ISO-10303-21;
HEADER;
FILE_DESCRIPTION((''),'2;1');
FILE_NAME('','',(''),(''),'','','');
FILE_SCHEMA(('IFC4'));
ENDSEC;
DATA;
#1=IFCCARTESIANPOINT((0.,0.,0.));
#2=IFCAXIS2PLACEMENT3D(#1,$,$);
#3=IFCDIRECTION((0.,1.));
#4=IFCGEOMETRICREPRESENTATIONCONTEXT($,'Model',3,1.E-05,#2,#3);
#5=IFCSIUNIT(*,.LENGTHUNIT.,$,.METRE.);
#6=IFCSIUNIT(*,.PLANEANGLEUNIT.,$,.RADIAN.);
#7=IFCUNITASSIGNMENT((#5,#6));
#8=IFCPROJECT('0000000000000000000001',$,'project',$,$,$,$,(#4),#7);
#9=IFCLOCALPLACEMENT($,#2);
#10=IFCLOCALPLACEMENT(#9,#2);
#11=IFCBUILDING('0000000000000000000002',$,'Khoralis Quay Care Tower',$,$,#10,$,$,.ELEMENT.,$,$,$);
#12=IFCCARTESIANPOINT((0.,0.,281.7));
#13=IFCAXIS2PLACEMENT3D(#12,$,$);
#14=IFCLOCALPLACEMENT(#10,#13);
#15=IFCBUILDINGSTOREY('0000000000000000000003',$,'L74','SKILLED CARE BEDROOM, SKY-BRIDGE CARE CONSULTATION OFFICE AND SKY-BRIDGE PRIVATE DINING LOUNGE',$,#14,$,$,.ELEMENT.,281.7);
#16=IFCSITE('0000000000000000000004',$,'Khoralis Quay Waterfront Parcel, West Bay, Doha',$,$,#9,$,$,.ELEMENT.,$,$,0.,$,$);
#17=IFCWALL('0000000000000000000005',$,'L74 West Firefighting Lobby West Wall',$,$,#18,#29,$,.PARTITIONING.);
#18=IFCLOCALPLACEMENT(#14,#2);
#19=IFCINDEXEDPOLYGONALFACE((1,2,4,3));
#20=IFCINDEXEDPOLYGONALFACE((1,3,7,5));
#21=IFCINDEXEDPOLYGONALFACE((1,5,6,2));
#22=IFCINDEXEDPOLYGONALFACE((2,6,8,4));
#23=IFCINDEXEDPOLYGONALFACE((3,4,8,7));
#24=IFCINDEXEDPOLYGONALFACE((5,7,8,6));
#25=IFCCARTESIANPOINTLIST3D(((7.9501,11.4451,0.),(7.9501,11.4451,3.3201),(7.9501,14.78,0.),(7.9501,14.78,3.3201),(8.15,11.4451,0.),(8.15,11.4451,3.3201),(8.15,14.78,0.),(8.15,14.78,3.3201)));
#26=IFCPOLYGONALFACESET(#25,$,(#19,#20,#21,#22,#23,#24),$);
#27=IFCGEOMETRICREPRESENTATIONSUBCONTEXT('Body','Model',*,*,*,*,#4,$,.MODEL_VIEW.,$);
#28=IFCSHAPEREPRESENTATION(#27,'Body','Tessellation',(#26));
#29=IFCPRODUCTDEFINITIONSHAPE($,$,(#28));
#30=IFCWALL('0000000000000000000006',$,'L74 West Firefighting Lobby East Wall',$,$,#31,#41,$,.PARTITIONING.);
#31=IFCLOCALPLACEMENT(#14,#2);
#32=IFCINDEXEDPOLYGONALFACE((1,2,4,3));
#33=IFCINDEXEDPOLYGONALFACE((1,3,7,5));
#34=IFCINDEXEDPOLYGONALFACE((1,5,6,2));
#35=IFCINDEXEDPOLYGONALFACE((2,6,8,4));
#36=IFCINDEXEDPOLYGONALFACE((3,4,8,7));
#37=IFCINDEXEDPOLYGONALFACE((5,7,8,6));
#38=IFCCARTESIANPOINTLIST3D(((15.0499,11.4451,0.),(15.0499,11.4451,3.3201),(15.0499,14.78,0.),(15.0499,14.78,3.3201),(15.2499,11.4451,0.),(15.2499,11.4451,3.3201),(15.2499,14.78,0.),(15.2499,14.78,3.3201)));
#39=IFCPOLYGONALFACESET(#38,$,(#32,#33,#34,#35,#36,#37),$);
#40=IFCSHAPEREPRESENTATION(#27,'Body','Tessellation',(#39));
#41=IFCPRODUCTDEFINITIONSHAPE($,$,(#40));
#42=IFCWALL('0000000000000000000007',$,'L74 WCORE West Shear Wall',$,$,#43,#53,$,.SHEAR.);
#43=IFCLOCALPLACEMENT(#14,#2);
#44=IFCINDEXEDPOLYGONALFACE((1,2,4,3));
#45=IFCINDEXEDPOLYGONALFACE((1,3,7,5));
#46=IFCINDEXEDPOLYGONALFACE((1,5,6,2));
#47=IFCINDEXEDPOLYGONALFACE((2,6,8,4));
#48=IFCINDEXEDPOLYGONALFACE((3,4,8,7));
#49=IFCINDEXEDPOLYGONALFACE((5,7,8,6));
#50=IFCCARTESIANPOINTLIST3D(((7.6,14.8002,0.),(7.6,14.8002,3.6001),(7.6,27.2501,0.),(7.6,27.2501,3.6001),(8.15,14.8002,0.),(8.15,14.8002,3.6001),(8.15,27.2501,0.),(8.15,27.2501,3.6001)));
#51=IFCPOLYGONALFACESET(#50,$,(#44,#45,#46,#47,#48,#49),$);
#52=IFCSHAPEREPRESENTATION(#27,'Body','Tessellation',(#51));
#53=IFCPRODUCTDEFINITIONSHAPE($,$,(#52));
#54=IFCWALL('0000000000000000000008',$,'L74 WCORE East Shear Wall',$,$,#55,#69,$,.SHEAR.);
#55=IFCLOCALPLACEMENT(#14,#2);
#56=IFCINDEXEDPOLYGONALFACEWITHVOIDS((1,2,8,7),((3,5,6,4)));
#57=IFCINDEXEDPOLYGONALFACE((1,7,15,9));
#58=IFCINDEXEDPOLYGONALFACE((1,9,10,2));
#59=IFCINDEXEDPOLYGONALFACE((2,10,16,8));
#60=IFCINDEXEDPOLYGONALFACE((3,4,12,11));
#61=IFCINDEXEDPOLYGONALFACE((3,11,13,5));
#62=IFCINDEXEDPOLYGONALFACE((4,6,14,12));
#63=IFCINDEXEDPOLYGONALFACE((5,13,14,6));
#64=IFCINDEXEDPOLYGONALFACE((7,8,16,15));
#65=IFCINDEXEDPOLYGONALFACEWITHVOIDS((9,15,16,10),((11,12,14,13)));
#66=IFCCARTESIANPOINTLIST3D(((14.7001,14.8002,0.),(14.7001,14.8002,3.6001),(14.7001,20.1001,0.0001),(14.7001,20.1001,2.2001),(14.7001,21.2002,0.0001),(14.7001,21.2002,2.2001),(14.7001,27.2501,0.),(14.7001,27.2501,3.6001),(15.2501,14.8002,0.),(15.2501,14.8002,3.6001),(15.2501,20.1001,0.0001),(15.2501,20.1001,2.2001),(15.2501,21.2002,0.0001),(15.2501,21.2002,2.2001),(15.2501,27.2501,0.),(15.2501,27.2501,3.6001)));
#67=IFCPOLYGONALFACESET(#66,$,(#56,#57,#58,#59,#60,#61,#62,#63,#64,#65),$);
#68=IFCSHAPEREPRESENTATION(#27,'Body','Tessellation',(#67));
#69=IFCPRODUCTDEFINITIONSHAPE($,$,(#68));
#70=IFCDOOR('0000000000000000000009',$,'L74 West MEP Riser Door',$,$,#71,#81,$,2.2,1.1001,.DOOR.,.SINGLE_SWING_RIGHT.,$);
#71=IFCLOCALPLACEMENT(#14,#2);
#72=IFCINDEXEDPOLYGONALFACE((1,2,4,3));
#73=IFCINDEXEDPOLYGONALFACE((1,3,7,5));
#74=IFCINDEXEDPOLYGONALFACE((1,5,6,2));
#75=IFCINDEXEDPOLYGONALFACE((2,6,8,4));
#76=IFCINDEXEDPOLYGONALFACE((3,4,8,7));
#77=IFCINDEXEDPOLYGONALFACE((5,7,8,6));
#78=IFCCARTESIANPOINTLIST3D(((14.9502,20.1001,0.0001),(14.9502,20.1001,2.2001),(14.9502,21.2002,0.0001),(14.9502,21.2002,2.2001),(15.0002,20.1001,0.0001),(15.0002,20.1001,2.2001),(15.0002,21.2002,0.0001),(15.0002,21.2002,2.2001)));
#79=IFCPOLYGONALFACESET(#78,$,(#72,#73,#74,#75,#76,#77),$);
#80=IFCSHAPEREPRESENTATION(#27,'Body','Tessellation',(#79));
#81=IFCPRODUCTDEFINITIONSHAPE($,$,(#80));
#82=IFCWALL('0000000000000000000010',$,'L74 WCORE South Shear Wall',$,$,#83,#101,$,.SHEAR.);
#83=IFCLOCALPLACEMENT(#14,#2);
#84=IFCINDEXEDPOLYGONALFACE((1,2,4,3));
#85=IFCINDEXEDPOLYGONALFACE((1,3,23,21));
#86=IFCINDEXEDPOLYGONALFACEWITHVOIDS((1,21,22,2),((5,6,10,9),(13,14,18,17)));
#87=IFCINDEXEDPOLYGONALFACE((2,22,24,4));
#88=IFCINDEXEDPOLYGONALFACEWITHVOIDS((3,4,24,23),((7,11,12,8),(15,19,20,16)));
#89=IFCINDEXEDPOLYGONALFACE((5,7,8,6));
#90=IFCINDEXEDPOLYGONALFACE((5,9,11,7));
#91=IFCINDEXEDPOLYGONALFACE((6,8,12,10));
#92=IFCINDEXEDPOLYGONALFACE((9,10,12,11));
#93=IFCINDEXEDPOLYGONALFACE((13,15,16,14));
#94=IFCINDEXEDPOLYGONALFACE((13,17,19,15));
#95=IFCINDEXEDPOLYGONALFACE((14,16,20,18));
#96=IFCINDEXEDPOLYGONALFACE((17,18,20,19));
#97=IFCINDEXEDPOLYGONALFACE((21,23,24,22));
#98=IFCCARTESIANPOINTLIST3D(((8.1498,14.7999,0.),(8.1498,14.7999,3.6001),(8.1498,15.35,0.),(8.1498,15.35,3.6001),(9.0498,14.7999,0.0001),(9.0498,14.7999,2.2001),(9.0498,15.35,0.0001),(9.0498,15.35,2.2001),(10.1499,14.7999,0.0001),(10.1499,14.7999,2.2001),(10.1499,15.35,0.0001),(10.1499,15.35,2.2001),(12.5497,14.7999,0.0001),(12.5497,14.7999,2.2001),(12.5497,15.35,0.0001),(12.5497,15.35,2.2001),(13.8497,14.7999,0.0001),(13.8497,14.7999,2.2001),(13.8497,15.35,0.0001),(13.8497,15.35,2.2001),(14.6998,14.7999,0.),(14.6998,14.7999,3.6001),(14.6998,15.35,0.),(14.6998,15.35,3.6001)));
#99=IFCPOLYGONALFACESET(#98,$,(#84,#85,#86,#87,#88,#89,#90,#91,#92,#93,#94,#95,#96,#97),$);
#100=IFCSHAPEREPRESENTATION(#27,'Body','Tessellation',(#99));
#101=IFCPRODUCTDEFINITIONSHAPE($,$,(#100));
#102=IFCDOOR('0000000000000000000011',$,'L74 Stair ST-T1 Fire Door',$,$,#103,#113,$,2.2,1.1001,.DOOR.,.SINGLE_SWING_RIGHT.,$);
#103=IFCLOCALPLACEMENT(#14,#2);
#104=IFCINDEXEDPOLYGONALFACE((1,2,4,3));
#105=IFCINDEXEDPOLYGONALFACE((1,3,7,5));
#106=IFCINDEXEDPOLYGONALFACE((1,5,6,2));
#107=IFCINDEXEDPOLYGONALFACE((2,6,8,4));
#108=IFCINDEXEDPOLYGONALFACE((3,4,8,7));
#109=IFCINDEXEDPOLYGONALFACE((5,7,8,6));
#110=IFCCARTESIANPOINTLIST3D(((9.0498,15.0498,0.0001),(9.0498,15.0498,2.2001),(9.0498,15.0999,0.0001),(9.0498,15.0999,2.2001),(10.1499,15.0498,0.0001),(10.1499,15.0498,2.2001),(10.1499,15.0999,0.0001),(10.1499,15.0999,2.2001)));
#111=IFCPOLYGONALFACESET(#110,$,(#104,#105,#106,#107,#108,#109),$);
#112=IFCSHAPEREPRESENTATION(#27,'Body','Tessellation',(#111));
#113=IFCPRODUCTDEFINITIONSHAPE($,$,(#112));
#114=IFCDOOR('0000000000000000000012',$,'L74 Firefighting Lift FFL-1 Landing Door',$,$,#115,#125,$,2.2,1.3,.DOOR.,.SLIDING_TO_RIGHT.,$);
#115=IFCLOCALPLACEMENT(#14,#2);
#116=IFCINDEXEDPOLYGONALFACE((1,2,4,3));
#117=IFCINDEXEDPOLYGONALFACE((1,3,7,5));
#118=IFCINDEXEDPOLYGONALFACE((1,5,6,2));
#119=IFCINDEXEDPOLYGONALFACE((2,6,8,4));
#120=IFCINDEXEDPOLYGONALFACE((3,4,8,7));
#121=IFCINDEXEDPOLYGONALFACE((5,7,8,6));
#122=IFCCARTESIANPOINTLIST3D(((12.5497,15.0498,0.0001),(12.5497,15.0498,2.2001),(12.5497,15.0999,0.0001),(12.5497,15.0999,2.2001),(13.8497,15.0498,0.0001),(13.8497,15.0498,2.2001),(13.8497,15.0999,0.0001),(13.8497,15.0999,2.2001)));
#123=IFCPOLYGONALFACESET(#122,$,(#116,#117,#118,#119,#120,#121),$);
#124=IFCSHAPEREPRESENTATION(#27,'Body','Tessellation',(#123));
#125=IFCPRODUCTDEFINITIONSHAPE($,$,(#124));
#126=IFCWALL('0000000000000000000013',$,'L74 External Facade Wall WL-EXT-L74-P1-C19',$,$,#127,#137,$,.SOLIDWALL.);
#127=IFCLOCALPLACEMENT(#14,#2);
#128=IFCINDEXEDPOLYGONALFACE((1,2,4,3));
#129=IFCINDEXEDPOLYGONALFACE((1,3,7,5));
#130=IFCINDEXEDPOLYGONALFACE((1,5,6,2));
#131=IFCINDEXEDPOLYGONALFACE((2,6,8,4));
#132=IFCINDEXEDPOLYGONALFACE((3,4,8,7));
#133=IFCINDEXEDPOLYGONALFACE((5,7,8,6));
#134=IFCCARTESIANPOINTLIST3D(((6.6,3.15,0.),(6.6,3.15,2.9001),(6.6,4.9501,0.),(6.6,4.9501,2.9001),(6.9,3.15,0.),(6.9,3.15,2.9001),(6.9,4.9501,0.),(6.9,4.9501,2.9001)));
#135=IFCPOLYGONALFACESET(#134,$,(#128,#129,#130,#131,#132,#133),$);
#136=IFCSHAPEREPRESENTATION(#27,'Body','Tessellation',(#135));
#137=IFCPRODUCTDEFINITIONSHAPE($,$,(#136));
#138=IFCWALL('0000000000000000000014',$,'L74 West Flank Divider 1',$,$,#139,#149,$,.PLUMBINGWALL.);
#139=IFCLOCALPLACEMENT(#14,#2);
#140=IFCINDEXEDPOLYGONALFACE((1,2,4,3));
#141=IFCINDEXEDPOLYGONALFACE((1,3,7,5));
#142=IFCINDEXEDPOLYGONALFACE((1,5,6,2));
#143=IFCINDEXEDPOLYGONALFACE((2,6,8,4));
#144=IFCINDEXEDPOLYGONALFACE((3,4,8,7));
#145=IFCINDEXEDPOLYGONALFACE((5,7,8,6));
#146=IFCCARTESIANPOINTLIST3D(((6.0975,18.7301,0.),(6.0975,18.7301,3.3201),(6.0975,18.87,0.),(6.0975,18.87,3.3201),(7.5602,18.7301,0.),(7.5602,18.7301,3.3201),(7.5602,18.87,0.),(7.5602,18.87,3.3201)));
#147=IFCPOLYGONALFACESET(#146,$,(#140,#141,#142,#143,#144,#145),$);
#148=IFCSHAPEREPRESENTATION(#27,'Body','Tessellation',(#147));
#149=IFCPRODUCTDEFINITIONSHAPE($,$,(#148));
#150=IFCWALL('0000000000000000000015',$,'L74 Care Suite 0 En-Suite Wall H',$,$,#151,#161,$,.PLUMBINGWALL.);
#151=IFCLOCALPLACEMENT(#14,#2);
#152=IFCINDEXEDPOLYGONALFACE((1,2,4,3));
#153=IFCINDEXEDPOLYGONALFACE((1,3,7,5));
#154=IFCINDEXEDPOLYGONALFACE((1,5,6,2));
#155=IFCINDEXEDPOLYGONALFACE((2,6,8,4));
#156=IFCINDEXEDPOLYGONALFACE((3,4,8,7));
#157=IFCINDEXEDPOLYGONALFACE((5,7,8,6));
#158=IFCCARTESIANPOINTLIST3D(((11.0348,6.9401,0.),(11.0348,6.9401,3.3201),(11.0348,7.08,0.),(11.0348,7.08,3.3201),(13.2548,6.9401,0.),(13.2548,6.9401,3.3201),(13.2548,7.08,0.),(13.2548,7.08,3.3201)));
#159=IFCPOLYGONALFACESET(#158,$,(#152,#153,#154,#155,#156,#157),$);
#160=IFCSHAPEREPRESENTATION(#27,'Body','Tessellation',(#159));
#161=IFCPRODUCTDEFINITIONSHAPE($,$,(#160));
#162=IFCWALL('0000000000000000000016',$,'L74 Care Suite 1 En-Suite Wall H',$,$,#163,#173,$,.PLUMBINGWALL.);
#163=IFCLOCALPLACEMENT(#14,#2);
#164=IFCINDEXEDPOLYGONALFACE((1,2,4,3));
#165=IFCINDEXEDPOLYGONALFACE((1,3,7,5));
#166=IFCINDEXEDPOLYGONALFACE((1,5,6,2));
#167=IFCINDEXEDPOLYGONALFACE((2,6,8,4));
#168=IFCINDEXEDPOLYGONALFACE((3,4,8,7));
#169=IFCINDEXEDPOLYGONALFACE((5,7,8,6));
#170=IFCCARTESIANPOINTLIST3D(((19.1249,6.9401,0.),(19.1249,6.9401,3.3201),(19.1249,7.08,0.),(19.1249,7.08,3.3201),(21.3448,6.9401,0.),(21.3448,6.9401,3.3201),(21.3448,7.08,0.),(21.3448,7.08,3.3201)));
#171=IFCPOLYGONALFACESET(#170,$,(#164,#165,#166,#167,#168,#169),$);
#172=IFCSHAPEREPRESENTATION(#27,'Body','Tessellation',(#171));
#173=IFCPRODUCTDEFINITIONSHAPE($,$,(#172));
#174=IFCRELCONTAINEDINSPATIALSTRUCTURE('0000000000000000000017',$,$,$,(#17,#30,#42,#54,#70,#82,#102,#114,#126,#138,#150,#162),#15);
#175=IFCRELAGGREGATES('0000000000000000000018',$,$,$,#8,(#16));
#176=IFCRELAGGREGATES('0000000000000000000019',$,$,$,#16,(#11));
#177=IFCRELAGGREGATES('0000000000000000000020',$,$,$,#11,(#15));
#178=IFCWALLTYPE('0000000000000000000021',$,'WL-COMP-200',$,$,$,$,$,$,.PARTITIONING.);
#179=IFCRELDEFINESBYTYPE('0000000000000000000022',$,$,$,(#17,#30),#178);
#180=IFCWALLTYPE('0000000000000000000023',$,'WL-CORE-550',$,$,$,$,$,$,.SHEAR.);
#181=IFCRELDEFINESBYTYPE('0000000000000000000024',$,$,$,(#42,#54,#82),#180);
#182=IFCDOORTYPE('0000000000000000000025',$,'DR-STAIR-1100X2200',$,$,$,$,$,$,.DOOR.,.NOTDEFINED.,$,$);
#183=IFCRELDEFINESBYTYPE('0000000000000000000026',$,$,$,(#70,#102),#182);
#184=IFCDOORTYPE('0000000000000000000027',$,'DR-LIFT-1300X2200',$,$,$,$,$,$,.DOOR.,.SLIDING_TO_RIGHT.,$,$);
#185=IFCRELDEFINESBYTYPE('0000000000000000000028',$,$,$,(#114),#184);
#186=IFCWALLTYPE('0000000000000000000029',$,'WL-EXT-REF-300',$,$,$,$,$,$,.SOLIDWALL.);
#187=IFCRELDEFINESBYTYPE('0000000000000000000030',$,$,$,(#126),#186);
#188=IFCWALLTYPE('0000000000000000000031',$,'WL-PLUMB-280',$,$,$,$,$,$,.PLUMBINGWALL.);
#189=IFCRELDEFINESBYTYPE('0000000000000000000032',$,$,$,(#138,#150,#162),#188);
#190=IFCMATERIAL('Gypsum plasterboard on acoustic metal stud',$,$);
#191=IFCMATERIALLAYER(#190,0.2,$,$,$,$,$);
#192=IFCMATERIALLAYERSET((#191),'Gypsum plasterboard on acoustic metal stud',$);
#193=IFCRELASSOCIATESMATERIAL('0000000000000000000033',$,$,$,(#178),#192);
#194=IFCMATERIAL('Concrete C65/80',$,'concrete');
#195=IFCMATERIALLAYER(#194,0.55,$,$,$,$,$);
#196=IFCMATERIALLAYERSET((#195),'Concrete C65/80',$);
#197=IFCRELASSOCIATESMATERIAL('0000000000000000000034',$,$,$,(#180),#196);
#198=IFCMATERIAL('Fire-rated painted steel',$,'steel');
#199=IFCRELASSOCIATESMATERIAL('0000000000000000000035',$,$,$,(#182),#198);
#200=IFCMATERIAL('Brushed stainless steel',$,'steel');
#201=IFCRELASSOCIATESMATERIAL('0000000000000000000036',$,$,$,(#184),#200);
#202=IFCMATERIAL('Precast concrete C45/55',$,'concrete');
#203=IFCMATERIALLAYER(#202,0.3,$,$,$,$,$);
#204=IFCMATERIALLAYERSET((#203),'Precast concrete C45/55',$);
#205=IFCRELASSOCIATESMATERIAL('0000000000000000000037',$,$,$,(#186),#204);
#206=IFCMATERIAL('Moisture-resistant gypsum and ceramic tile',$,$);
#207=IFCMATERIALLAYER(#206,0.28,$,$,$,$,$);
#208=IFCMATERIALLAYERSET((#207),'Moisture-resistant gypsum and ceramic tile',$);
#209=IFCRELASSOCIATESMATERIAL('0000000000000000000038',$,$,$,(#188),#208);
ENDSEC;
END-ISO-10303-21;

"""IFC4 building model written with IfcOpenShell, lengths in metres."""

from ifc_helpers import new_model, si_unit, direction, frame, frame_2d, origin, place, context, subcontext, project, spatial, rectangle, extrude, source, transform, mapped, material, layer, layer_set, type_object, element, fill, save


model = new_model("IFC4")

# Units and contexts
model_context = context("Model", 3, precision=1e-05, world=origin(), true_north=direction((0.0, 1.0)))
body_context = subcontext(model_context, "Body", "Model", "MODEL_VIEW")
ifc_project = project(units=[si_unit("LENGTHUNIT", "METRE"), si_unit("PLANEANGLEUNIT", "RADIAN")], contexts=[model_context])

# Site, building, storey
site_placement = place(None, origin())
site = spatial("IfcSite", under=ifc_project, at=site_placement, Name="Khoralis Quay Waterfront Parcel, West Bay, Doha", CompositionType="ELEMENT", RefElevation=0.0)
building_placement = place(site_placement, origin())
building = spatial("IfcBuilding", under=site, at=building_placement, Name="Khoralis Quay Care Tower", CompositionType="ELEMENT")
storey_placement = place(building_placement, frame((0.0, 0.0, 281.7)))
storey = spatial("IfcBuildingStorey", under=building, at=storey_placement, Name="L74", Description="SKILLED CARE BEDROOM, SKY-BRIDGE CARE CONSULTATION OFFICE AND SKY-BRIDGE PRIVATE DINING LOUNGE", CompositionType="ELEMENT", Elevation=281.7)

# Shared definitions
ifc_material_1 = material(Name="Gypsum plasterboard on acoustic metal stud")
ifc_layer_1 = layer(ifc_material_1, 0.2)
ifc_layer_set_1 = layer_set([ifc_layer_1], Name="Gypsum plasterboard on acoustic metal stud")
wall_type_1 = type_object("IfcWallType", Name="WL-COMP-200", PredefinedType="PARTITIONING", material=ifc_layer_set_1)
ifc_material_2 = material(Name="Fire-rated painted steel", Category="steel")

# Walls
for number, where, z_axis, x_axis, name in (
    (1, (8.05, 11.4451, 0.0), (0.0, 0.0, 1.0), (0.0, 1.0, 0.0), "L74 West Firefighting Lobby West Wall"),
    (2, (15.1499, 11.4451, 0.0), (0.0, 0.0, 1.0), (0.0, 1.0, 0.0), "L74 West Firefighting Lobby East Wall"),
):
    element("IfcWall", number, at=place(storey_placement, frame(where, z_axis=z_axis, x_axis=x_axis)), inside=storey, type_object=wall_type_1, Name=name, PredefinedType="PARTITIONING", context=body_context, shape_type="SweptSolid", body=[
        extrude(rectangle(XDim=3.335, YDim=0.2, at=frame_2d((1.6675, 0.0))), origin(), (0.0, 0.0, 1.0), 3.3201),
    ])
ifc_material_3 = material(Name="Concrete C65/80", Category="concrete")
ifc_layer_2 = layer(ifc_material_3, 0.55)
ifc_layer_set_2 = layer_set([ifc_layer_2], Name="Concrete C65/80")
wall_type_2 = type_object("IfcWallType", Name="WL-CORE-550", PredefinedType="SHEAR", material=ifc_layer_set_2)
wall_1_placement = place(storey_placement, frame((7.875, 14.8, 0.0), z_axis=(0.0, 0.0, 1.0), x_axis=(0.0, 1.0, 0.0)))
element("IfcWall", 3, at=wall_1_placement, inside=storey, type_object=wall_type_2, Name="L74 WCORE West Shear Wall", PredefinedType="SHEAR", context=body_context, shape_type="SweptSolid", body=[
    extrude(rectangle(XDim=12.45, YDim=0.55, at=frame_2d((6.2251, 0.0))), origin(), (0.0, 0.0, 1.0), 3.6001),
])

# Wall, opening, door
wall_2_placement = place(storey_placement, frame((14.9751, 14.8, 0.0), z_axis=(0.0, 0.0, 1.0), x_axis=(0.0, 1.0, 0.0)))
wall_2 = element("IfcWall", 4, at=wall_2_placement, inside=storey, type_object=wall_type_2, Name="L74 WCORE East Shear Wall", PredefinedType="SHEAR", context=body_context, shape_type="SweptSolid", body=[
    extrude(rectangle(XDim=12.45, YDim=0.55, at=frame_2d((6.2251, 0.0))), origin(), (0.0, 0.0, 1.0), 3.6001),
])
opening_1_placement = place(wall_2_placement, frame((5.3, 0.0, 0.0)))
opening_1 = element("IfcOpeningElement", 5, at=opening_1_placement, cuts=wall_2, PredefinedType="OPENING", context=body_context, shape_type="SweptSolid", body=[
    extrude(rectangle(XDim=1.1001, YDim=2.2, at=frame_2d((0.55, 1.1001))), frame((0.0, 0.2852, 0.0), z_axis=(0.0, -1.0, 0.0), x_axis=(1.0, 0.0, 0.0)), (0.0, 0.0, 1.0), 0.5701),
])
door_type_1 = type_object("IfcDoorType", Name="DR-STAIR-1100X2200", OperationType="NOTDEFINED", PredefinedType="DOOR", material=ifc_material_2)
shared_shape_1 = source(origin(), body_context, "Body", "SweptSolid", [
    extrude(rectangle(XDim=1.1001, YDim=2.2, at=frame_2d((0.55, 1.1001))), frame((0.0, 0.0249, 0.0), z_axis=(0.0, -1.0, 0.0), x_axis=(1.0, 0.0, 0.0)), (0.0, 0.0, 1.0), 0.05),
])
door_1_placement = place(opening_1_placement, origin())
door_1 = element("IfcDoor", 6, at=door_1_placement, inside=storey, type_object=door_type_1, Name="L74 West MEP Riser Door", OperationType="SINGLE_SWING_RIGHT", OverallHeight=2.2, OverallWidth=1.1001, PredefinedType="DOOR", context=body_context, shape_type="MappedRepresentation", body=[
    mapped(shared_shape_1, transform((0.0, 0.0, 0.0), scale=1.0)),
])
fill(opening_1, door_1)

# Wall, openings, doors
wall_3_placement = place(storey_placement, frame((8.1499, 15.075, 0.0), z_axis=(0.0, 0.0, 1.0), x_axis=(1.0, 0.0, 0.0)))
wall_3 = element("IfcWall", 7, at=wall_3_placement, inside=storey, type_object=wall_type_2, Name="L74 WCORE South Shear Wall", PredefinedType="SHEAR", context=body_context, shape_type="SweptSolid", body=[
    extrude(rectangle(XDim=6.55, YDim=0.55, at=frame_2d((3.2749, 0.0))), origin(), (0.0, 0.0, 1.0), 3.6001),
])
opening_2_placement = place(wall_3_placement, frame((0.8999, 0.0, 0.0)))
opening_2 = element("IfcOpeningElement", 8, at=opening_2_placement, cuts=wall_3, PredefinedType="OPENING", context=body_context, shape_type="SweptSolid", body=[
    extrude(rectangle(XDim=1.1001, YDim=2.2, at=frame_2d((0.55, 1.1001))), frame((0.0, 0.2852, 0.0), z_axis=(0.0, -1.0, 0.0), x_axis=(1.0, 0.0, 0.0)), (0.0, 0.0, 1.0), 0.5701),
])
opening_3_placement = place(wall_3_placement, frame((4.3999, 0.0, 0.0)))
opening_3 = element("IfcOpeningElement", 9, at=opening_3_placement, cuts=wall_3, PredefinedType="OPENING", context=body_context, shape_type="SweptSolid", body=[
    extrude(rectangle(XDim=1.3, YDim=2.2, at=frame_2d((0.6499, 1.1001))), frame((0.0, 0.2852, 0.0), z_axis=(0.0, -1.0, 0.0), x_axis=(1.0, 0.0, 0.0)), (0.0, 0.0, 1.0), 0.5701),
])
door_2_placement = place(opening_2_placement, origin())
door_2 = element("IfcDoor", 10, at=door_2_placement, inside=storey, type_object=door_type_1, Name="L74 Stair ST-T1 Fire Door", OperationType="SINGLE_SWING_RIGHT", OverallHeight=2.2, OverallWidth=1.1001, PredefinedType="DOOR", context=body_context, shape_type="MappedRepresentation", body=[
    mapped(shared_shape_1, transform((0.0, 0.0, 0.0), scale=1.0)),
])
fill(opening_2, door_2)
ifc_material_4 = material(Name="Brushed stainless steel", Category="steel")
door_type_2 = type_object("IfcDoorType", Name="DR-LIFT-1300X2200", OperationType="SLIDING_TO_RIGHT", PredefinedType="DOOR", material=ifc_material_4)
shared_shape_2 = source(origin(), body_context, "Body", "SweptSolid", [
    extrude(rectangle(XDim=1.3, YDim=2.2, at=frame_2d((0.6499, 1.1001))), frame((0.0, 0.0249, 0.0), z_axis=(0.0, -1.0, 0.0), x_axis=(1.0, 0.0, 0.0)), (0.0, 0.0, 1.0), 0.05),
])
door_3_placement = place(opening_3_placement, origin())
door_3 = element("IfcDoor", 11, at=door_3_placement, inside=storey, type_object=door_type_2, Name="L74 Firefighting Lift FFL-1 Landing Door", OperationType="SLIDING_TO_RIGHT", OverallHeight=2.2, OverallWidth=1.3, PredefinedType="DOOR", context=body_context, shape_type="MappedRepresentation", body=[
    mapped(shared_shape_2, transform((0.0, 0.0, 0.0), scale=1.0)),
])
fill(opening_3, door_3)

# Walls
ifc_material_5 = material(Name="Precast concrete C45/55", Category="concrete")
ifc_layer_3 = layer(ifc_material_5, 0.3)
ifc_layer_set_3 = layer_set([ifc_layer_3], Name="Precast concrete C45/55")
wall_type_3 = type_object("IfcWallType", Name="WL-EXT-REF-300", PredefinedType="SOLIDWALL", material=ifc_layer_set_3)
wall_4_placement = place(storey_placement, frame((6.75, 4.95, 0.0), z_axis=(0.0, 0.0, 1.0), x_axis=(0.0, -1.0, 0.0)))
element("IfcWall", 12, at=wall_4_placement, inside=storey, type_object=wall_type_3, Name="L74 External Facade Wall WL-EXT-L74-P1-C19", PredefinedType="SOLIDWALL", context=body_context, shape_type="SweptSolid", body=[
    extrude(rectangle(XDim=1.8, YDim=0.3, at=frame_2d((0.8999, 0.0))), origin(), (0.0, 0.0, 1.0), 2.9001),
])
ifc_material_6 = material(Name="Moisture-resistant gypsum and ceramic tile")
ifc_layer_4 = layer(ifc_material_6, 0.28)
ifc_layer_set_4 = layer_set([ifc_layer_4], Name="Moisture-resistant gypsum and ceramic tile")
wall_type_4 = type_object("IfcWallType", Name="WL-PLUMB-280", PredefinedType="PLUMBINGWALL", material=ifc_layer_set_4)
wall_5_placement = place(storey_placement, frame((6.0974, 18.8, 0.0), z_axis=(0.0, 0.0, 1.0), x_axis=(1.0, 0.0, 0.0)))
element("IfcWall", 13, at=wall_5_placement, inside=storey, type_object=wall_type_4, Name="L74 West Flank Divider 1", PredefinedType="PLUMBINGWALL", context=body_context, shape_type="SweptSolid", body=[
    extrude(rectangle(XDim=1.4626, YDim=0.1399, at=frame_2d((0.7314, 0.0))), origin(), (0.0, 0.0, 1.0), 3.3201),
])
for number, where, z_axis, x_axis, name in (
    (14, (11.0349, 7.01, 0.0), (0.0, 0.0, 1.0), (1.0, 0.0, 0.0), "L74 Care Suite 0 En-Suite Wall H"),
    (15, (19.125, 7.01, 0.0), (0.0, 0.0, 1.0), (1.0, 0.0, 0.0), "L74 Care Suite 1 En-Suite Wall H"),
):
    element("IfcWall", number, at=place(storey_placement, frame(where, z_axis=z_axis, x_axis=x_axis)), inside=storey, type_object=wall_type_4, Name=name, PredefinedType="PLUMBINGWALL", context=body_context, shape_type="SweptSolid", body=[
        extrude(rectangle(XDim=2.22, YDim=0.1399, at=frame_2d((1.1099, 0.0))), origin(), (0.0, 0.0, 1.0), 3.3201),
    ])

save(model, "model.ifc")
